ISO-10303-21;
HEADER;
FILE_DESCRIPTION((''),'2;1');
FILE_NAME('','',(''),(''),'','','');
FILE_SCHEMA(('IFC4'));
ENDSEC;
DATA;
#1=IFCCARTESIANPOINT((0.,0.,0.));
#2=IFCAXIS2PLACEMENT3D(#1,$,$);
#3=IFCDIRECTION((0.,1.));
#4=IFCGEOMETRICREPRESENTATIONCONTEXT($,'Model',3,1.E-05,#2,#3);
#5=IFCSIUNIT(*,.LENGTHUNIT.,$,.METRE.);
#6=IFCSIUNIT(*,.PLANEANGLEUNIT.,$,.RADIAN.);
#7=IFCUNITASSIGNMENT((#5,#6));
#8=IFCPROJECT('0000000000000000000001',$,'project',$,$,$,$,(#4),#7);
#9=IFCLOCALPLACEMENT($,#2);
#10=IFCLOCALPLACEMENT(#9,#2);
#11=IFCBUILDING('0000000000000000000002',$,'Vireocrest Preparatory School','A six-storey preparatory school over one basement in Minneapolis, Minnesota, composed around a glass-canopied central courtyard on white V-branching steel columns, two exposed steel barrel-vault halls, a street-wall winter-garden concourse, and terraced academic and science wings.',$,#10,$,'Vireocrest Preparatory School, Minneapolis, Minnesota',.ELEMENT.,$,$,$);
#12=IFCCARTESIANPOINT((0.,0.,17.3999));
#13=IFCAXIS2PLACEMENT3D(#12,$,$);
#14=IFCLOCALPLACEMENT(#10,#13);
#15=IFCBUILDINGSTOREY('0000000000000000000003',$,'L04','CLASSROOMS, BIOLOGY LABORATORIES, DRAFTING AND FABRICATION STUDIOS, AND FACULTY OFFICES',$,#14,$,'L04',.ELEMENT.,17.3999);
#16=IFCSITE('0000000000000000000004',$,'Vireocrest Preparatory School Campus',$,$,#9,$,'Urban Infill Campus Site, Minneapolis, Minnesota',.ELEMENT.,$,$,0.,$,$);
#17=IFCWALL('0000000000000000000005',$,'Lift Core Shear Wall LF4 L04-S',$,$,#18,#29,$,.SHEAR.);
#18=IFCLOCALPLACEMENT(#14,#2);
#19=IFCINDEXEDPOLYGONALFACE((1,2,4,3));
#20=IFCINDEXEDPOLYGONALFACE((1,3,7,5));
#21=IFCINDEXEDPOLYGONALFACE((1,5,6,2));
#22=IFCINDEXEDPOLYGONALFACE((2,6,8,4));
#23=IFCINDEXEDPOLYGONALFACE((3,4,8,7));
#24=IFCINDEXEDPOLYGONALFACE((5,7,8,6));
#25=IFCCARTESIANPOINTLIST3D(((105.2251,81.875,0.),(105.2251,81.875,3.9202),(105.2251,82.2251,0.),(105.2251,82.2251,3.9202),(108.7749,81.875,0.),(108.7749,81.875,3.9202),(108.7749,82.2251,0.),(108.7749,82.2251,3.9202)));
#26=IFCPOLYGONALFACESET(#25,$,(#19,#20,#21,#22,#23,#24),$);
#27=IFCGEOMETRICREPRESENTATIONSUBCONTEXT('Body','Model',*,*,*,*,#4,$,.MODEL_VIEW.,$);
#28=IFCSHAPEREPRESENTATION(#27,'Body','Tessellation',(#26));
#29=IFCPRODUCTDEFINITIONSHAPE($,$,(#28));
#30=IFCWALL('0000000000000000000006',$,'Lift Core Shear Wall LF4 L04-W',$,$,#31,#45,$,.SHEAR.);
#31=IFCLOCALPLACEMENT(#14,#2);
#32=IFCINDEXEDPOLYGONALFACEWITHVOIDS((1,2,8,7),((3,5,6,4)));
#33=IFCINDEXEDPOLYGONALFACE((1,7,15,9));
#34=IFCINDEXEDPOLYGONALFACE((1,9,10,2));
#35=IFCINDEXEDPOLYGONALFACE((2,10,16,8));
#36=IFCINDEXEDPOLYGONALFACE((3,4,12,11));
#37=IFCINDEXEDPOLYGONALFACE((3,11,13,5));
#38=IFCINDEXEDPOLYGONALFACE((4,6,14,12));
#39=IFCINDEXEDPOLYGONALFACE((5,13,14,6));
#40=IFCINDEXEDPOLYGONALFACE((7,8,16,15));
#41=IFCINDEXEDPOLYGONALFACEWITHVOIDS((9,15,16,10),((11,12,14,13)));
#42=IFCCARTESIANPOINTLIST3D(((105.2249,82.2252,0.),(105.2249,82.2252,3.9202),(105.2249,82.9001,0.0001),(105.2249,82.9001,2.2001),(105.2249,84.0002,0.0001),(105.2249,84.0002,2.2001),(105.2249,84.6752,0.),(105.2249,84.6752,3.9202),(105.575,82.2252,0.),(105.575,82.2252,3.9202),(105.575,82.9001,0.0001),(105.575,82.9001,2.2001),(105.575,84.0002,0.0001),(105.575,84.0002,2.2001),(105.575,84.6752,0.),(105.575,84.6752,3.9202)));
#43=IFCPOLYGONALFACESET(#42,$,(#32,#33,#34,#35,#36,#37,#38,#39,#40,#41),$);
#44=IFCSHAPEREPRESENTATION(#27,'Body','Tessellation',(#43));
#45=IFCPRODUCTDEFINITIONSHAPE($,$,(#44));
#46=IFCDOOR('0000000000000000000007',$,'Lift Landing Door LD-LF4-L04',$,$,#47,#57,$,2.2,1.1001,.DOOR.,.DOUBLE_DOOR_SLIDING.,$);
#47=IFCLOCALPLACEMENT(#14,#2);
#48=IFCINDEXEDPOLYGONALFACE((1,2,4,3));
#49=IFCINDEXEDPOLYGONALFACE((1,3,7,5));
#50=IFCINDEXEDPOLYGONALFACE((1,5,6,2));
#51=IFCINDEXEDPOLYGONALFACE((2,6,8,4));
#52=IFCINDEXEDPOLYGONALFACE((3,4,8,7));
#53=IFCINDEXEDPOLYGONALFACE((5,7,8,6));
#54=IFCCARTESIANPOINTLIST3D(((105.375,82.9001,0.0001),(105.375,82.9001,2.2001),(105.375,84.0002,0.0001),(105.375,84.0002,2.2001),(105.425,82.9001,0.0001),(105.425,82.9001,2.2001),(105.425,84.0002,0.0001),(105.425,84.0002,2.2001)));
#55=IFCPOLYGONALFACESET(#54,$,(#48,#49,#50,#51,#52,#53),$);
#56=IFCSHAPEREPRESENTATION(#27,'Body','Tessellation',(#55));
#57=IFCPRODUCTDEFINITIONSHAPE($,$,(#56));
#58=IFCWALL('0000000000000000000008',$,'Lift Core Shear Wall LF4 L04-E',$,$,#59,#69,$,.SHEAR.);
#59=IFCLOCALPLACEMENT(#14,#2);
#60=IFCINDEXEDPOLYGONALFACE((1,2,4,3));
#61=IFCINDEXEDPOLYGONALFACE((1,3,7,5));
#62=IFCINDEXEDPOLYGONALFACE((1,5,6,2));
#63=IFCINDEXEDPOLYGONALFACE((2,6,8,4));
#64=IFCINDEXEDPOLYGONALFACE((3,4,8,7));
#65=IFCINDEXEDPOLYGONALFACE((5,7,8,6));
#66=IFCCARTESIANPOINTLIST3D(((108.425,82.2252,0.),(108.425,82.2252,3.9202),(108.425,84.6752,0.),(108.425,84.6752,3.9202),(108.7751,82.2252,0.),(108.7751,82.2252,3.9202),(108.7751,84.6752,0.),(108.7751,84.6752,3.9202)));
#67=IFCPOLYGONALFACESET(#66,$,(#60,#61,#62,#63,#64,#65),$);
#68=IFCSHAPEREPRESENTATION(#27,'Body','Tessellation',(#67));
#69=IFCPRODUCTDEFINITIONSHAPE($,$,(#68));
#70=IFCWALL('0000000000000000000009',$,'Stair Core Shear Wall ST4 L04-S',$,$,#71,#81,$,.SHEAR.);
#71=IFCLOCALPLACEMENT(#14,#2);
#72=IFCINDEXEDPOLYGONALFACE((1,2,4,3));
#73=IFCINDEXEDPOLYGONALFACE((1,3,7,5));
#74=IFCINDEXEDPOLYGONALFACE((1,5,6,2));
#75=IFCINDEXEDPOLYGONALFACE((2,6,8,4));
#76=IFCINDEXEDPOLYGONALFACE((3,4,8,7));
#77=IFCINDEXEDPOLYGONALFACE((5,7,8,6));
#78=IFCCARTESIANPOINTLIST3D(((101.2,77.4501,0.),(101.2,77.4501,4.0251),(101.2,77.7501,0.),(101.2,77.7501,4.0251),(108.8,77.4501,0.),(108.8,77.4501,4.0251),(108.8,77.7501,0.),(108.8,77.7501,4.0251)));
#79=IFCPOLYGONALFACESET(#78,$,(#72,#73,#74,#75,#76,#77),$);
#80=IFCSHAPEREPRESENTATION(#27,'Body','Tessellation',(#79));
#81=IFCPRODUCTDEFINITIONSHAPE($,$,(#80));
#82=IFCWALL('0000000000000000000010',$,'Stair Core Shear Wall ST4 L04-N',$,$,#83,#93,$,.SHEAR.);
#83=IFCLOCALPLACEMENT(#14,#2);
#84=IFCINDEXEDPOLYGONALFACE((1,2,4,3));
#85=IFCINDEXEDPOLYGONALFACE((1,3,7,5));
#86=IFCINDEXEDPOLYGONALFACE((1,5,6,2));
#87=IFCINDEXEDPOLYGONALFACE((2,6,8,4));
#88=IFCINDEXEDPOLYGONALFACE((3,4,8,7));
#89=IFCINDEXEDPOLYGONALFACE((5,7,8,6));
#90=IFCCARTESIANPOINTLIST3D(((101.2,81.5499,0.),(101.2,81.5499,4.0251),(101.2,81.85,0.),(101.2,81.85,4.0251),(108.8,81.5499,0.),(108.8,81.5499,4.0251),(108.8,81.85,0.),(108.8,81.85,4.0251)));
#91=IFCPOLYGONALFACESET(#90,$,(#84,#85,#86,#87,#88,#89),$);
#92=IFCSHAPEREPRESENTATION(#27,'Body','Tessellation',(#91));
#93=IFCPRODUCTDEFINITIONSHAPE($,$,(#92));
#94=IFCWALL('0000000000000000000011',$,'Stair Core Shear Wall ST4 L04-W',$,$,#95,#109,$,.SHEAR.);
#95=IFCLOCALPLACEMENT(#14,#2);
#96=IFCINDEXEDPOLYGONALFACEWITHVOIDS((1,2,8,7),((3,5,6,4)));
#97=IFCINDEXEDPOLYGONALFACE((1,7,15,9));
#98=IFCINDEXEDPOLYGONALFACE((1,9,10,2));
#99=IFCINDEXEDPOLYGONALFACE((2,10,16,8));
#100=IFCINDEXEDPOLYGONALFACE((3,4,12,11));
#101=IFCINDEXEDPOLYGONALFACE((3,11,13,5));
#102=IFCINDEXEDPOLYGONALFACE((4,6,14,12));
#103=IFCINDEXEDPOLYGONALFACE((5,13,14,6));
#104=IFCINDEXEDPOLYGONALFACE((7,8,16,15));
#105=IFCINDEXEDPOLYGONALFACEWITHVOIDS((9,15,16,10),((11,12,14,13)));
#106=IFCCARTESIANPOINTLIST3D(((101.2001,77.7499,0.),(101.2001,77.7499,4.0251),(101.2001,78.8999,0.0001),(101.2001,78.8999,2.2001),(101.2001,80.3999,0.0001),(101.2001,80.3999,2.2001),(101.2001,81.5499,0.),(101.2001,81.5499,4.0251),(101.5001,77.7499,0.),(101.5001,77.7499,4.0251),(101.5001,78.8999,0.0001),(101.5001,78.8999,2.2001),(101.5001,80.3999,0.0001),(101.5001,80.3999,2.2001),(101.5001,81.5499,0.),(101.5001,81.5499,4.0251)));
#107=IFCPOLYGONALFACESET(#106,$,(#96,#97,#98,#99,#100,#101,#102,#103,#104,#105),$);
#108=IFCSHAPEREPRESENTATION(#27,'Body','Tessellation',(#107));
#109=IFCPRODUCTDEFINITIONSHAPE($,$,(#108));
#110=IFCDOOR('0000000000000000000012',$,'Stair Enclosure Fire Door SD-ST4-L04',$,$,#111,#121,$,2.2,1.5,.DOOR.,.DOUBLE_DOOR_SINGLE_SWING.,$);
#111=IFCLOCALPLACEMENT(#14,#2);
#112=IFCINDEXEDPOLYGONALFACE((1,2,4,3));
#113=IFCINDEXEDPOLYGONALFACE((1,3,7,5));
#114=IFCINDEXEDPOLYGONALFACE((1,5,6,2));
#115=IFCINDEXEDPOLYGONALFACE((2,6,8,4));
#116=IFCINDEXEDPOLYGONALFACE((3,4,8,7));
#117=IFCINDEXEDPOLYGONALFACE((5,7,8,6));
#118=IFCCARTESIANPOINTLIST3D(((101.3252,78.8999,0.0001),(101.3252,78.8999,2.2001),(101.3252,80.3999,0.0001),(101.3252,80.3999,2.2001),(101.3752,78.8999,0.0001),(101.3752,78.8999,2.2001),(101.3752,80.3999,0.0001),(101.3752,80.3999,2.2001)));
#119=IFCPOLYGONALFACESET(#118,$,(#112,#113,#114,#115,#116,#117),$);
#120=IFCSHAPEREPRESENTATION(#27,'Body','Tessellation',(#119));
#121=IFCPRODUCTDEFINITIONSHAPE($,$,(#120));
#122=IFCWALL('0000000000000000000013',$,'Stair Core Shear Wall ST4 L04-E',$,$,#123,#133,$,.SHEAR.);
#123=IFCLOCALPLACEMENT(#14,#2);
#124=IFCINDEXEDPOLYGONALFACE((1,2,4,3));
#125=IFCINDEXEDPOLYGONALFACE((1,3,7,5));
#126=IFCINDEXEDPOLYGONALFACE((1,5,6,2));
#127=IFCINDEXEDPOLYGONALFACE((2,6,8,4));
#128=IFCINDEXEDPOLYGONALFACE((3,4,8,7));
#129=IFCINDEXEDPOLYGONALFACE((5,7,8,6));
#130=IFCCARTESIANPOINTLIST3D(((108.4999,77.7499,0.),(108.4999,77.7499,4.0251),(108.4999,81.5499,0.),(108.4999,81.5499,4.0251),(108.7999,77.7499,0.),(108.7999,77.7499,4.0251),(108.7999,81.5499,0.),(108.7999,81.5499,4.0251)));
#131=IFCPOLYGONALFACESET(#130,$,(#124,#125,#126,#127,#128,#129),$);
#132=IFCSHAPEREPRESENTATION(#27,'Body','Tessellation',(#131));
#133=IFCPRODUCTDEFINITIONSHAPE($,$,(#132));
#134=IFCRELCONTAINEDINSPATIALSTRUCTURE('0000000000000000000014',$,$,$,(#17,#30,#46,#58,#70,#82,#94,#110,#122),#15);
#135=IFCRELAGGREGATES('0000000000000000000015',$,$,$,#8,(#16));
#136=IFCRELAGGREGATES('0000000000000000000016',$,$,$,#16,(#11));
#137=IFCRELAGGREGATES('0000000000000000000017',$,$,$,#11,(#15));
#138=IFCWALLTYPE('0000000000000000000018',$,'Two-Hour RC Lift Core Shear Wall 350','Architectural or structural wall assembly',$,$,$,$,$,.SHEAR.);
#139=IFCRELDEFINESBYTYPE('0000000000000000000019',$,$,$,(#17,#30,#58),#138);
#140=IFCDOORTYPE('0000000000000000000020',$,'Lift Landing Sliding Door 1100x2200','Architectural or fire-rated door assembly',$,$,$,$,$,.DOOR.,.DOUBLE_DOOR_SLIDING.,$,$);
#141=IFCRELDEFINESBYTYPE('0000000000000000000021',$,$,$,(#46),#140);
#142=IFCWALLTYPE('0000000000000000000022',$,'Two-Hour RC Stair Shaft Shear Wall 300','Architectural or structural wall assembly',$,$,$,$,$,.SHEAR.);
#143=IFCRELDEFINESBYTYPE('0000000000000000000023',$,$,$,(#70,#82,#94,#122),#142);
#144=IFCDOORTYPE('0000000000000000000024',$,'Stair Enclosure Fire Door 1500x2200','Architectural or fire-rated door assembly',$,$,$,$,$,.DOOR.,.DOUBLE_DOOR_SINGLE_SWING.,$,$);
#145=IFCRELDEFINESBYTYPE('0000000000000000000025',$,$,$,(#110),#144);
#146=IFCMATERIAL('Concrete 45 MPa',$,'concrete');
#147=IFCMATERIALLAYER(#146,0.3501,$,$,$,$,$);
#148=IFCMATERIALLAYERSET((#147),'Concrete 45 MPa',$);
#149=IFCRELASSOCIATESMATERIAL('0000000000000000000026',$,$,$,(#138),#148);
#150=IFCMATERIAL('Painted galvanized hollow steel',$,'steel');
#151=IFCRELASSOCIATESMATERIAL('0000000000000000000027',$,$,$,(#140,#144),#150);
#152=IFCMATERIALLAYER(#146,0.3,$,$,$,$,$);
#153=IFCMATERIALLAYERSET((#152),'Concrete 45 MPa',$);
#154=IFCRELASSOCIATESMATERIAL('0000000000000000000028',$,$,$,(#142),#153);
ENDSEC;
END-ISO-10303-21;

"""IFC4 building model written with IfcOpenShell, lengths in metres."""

from ifc_helpers import new_model, si_unit, direction, frame, frame_2d, origin, place, context, subcontext, project, spatial, rectangle, extrude, material, layer, layer_set, type_object, element, fill, save


model = new_model("IFC4")

# Units and contexts
model_context = context("Model", 3, precision=1e-05, world=origin(), true_north=direction((0.0, 1.0)))
body_context = subcontext(model_context, "Body", "Model", "MODEL_VIEW")
ifc_project = project(units=[si_unit("LENGTHUNIT", "METRE"), si_unit("PLANEANGLEUNIT", "RADIAN")], contexts=[model_context])

# Site, building, storey
site_placement = place(None, origin())
site = spatial("IfcSite", under=ifc_project, at=site_placement, Name="Vireocrest Preparatory School Campus", LongName="Urban Infill Campus Site, Minneapolis, Minnesota", CompositionType="ELEMENT", RefElevation=0.0)
building_placement = place(site_placement, origin())
building = spatial("IfcBuilding", under=site, at=building_placement, Name="Vireocrest Preparatory School", Description="A six-storey preparatory school over one basement in Minneapolis, Minnesota, composed around a glass-canopied central courtyard on white V-branching steel columns, two exposed steel barrel-vault halls, a street-wall winter-garden concourse, and terraced academic and science wings.", LongName="Vireocrest Preparatory School, Minneapolis, Minnesota", CompositionType="ELEMENT")
storey_placement = place(building_placement, frame((0.0, 0.0, 17.3999)))
storey = spatial("IfcBuildingStorey", under=building, at=storey_placement, Name="L04", Description="CLASSROOMS, BIOLOGY LABORATORIES, DRAFTING AND FABRICATION STUDIOS, AND FACULTY OFFICES", LongName="L04", CompositionType="ELEMENT", Elevation=17.3999)

# Shared definitions
ifc_material_1 = material(Name="Concrete 45 MPa", Category="concrete")

# Shared definitions
ifc_material_2 = material(Name="Painted galvanized hollow steel", Category="steel")

# Wall
ifc_layer_1 = layer(ifc_material_1, 0.3501)
ifc_layer_set_1 = layer_set([ifc_layer_1], Name="Concrete 45 MPa")
wall_type_1 = type_object("IfcWallType", Name="Two-Hour RC Lift Core Shear Wall 350", Description="Architectural or structural wall assembly", PredefinedType="SHEAR", material=ifc_layer_set_1)
wall_1_placement = place(storey_placement, frame((105.2251, 82.05, 0.0), z_axis=(0.0, 0.0, 1.0), x_axis=(1.0, 0.0, 0.0)))
element("IfcWall", 1, at=wall_1_placement, inside=storey, type_object=wall_type_1, Name="Lift Core Shear Wall LF4 L04-S", PredefinedType="SHEAR", context=body_context, shape_type="SweptSolid", body=[
    extrude(rectangle(XDim=3.5498, YDim=0.3501, at=frame_2d((1.7749, 0.0))), origin(), (0.0, 0.0, 1.0), 3.9202),
])

# Wall, opening, door
wall_2_placement = place(storey_placement, frame((105.3999, 82.2251, 0.0), z_axis=(0.0, 0.0, 1.0), x_axis=(0.0, 1.0, 0.0)))
wall_2 = element("IfcWall", 2, at=wall_2_placement, inside=storey, type_object=wall_type_1, Name="Lift Core Shear Wall LF4 L04-W", PredefinedType="SHEAR", context=body_context, shape_type="SweptSolid", body=[
    extrude(rectangle(XDim=2.45, YDim=0.3501, at=frame_2d((1.2251, 0.0))), origin(), (0.0, 0.0, 1.0), 3.9202),
])
opening_1_placement = place(wall_2_placement, frame((0.675, 0.0, 0.0)))
opening_1 = element("IfcOpeningElement", 3, at=opening_1_placement, cuts=wall_2, PredefinedType="OPENING", context=body_context, shape_type="SweptSolid", body=[
    extrude(rectangle(XDim=1.1001, YDim=2.2, at=frame_2d((0.55, 1.1001))), frame((0.0, 0.1851, 0.0), z_axis=(0.0, -1.0, 0.0), x_axis=(1.0, 0.0, 0.0)), (0.0, 0.0, 1.0), 0.3701),
])
door_type_1 = type_object("IfcDoorType", Name="Lift Landing Sliding Door 1100x2200", Description="Architectural or fire-rated door assembly", OperationType="DOUBLE_DOOR_SLIDING", PredefinedType="DOOR", material=ifc_material_2)
door_1_placement = place(opening_1_placement, origin())
door_1 = element("IfcDoor", 4, at=door_1_placement, inside=storey, type_object=door_type_1, Name="Lift Landing Door LD-LF4-L04", OperationType="DOUBLE_DOOR_SLIDING", OverallHeight=2.2, OverallWidth=1.1001, PredefinedType="DOOR", context=body_context, shape_type="SweptSolid", body=[
    extrude(rectangle(XDim=1.1001, YDim=2.2, at=frame_2d((0.55, 1.1001))), frame((0.0, 0.0249, 0.0), z_axis=(0.0, -1.0, 0.0), x_axis=(1.0, 0.0, 0.0)), (0.0, 0.0, 1.0), 0.05),
])
fill(opening_1, door_1)

# Walls
wall_3_placement = place(storey_placement, frame((108.6001, 82.2251, 0.0), z_axis=(0.0, 0.0, 1.0), x_axis=(0.0, 1.0, 0.0)))
element("IfcWall", 5, at=wall_3_placement, inside=storey, type_object=wall_type_1, Name="Lift Core Shear Wall LF4 L04-E", PredefinedType="SHEAR", context=body_context, shape_type="SweptSolid", body=[
    extrude(rectangle(XDim=2.45, YDim=0.3501, at=frame_2d((1.2251, 0.0))), origin(), (0.0, 0.0, 1.0), 3.9202),
])
ifc_layer_2 = layer(ifc_material_1, 0.3)
ifc_layer_set_2 = layer_set([ifc_layer_2], Name="Concrete 45 MPa")
wall_type_2 = type_object("IfcWallType", Name="Two-Hour RC Stair Shaft Shear Wall 300", Description="Architectural or structural wall assembly", PredefinedType="SHEAR", material=ifc_layer_set_2)
for number, where, z_axis, x_axis, name in (
    (6, (101.2, 77.6001, 0.0), (0.0, 0.0, 1.0), (1.0, 0.0, 0.0), "Stair Core Shear Wall ST4 L04-S"),
    (7, (101.2, 81.7, 0.0), (0.0, 0.0, 1.0), (1.0, 0.0, 0.0), "Stair Core Shear Wall ST4 L04-N"),
):
    element("IfcWall", number, at=place(storey_placement, frame(where, z_axis=z_axis, x_axis=x_axis)), inside=storey, type_object=wall_type_2, Name=name, PredefinedType="SHEAR", context=body_context, shape_type="SweptSolid", body=[
        extrude(rectangle(XDim=7.6001, YDim=0.3, at=frame_2d((3.8, 0.0))), origin(), (0.0, 0.0, 1.0), 4.0251),
    ])

# Wall, opening, door
wall_4_placement = place(storey_placement, frame((101.3501, 77.75, 0.0), z_axis=(0.0, 0.0, 1.0), x_axis=(0.0, 1.0, 0.0)))
wall_4 = element("IfcWall", 8, at=wall_4_placement, inside=storey, type_object=wall_type_2, Name="Stair Core Shear Wall ST4 L04-W", PredefinedType="SHEAR", context=body_context, shape_type="SweptSolid", body=[
    extrude(rectangle(XDim=3.8, YDim=0.3, at=frame_2d((1.8999, 0.0))), origin(), (0.0, 0.0, 1.0), 4.0251),
])
opening_2_placement = place(wall_4_placement, frame((1.1499, 0.0, 0.0)))
opening_2 = element("IfcOpeningElement", 9, at=opening_2_placement, cuts=wall_4, PredefinedType="OPENING", context=body_context, shape_type="SweptSolid", body=[
    extrude(rectangle(XDim=1.5, YDim=2.2, at=frame_2d((0.75, 1.1001))), frame((0.0, 0.1599, 0.0), z_axis=(0.0, -1.0, 0.0), x_axis=(1.0, 0.0, 0.0)), (0.0, 0.0, 1.0), 0.3201),
])
door_type_2 = type_object("IfcDoorType", Name="Stair Enclosure Fire Door 1500x2200", Description="Architectural or fire-rated door assembly", OperationType="DOUBLE_DOOR_SINGLE_SWING", PredefinedType="DOOR", material=ifc_material_2)
door_2_placement = place(opening_2_placement, origin())
door_2 = element("IfcDoor", 10, at=door_2_placement, inside=storey, type_object=door_type_2, Name="Stair Enclosure Fire Door SD-ST4-L04", OperationType="DOUBLE_DOOR_SINGLE_SWING", OverallHeight=2.2, OverallWidth=1.5, PredefinedType="DOOR", context=body_context, shape_type="SweptSolid", body=[
    extrude(rectangle(XDim=1.5, YDim=2.2, at=frame_2d((0.75, 1.1001))), frame((0.0, 0.0249, 0.0), z_axis=(0.0, -1.0, 0.0), x_axis=(1.0, 0.0, 0.0)), (0.0, 0.0, 1.0), 0.05),
])
fill(opening_2, door_2)

# Wall
wall_5_placement = place(storey_placement, frame((108.6499, 77.75, 0.0), z_axis=(0.0, 0.0, 1.0), x_axis=(0.0, 1.0, 0.0)))
element("IfcWall", 11, at=wall_5_placement, inside=storey, type_object=wall_type_2, Name="Stair Core Shear Wall ST4 L04-E", PredefinedType="SHEAR", context=body_context, shape_type="SweptSolid", body=[
    extrude(rectangle(XDim=3.8, YDim=0.3, at=frame_2d((1.8999, 0.0))), origin(), (0.0, 0.0, 1.0), 4.0251),
])

save(model, "model.ifc")
